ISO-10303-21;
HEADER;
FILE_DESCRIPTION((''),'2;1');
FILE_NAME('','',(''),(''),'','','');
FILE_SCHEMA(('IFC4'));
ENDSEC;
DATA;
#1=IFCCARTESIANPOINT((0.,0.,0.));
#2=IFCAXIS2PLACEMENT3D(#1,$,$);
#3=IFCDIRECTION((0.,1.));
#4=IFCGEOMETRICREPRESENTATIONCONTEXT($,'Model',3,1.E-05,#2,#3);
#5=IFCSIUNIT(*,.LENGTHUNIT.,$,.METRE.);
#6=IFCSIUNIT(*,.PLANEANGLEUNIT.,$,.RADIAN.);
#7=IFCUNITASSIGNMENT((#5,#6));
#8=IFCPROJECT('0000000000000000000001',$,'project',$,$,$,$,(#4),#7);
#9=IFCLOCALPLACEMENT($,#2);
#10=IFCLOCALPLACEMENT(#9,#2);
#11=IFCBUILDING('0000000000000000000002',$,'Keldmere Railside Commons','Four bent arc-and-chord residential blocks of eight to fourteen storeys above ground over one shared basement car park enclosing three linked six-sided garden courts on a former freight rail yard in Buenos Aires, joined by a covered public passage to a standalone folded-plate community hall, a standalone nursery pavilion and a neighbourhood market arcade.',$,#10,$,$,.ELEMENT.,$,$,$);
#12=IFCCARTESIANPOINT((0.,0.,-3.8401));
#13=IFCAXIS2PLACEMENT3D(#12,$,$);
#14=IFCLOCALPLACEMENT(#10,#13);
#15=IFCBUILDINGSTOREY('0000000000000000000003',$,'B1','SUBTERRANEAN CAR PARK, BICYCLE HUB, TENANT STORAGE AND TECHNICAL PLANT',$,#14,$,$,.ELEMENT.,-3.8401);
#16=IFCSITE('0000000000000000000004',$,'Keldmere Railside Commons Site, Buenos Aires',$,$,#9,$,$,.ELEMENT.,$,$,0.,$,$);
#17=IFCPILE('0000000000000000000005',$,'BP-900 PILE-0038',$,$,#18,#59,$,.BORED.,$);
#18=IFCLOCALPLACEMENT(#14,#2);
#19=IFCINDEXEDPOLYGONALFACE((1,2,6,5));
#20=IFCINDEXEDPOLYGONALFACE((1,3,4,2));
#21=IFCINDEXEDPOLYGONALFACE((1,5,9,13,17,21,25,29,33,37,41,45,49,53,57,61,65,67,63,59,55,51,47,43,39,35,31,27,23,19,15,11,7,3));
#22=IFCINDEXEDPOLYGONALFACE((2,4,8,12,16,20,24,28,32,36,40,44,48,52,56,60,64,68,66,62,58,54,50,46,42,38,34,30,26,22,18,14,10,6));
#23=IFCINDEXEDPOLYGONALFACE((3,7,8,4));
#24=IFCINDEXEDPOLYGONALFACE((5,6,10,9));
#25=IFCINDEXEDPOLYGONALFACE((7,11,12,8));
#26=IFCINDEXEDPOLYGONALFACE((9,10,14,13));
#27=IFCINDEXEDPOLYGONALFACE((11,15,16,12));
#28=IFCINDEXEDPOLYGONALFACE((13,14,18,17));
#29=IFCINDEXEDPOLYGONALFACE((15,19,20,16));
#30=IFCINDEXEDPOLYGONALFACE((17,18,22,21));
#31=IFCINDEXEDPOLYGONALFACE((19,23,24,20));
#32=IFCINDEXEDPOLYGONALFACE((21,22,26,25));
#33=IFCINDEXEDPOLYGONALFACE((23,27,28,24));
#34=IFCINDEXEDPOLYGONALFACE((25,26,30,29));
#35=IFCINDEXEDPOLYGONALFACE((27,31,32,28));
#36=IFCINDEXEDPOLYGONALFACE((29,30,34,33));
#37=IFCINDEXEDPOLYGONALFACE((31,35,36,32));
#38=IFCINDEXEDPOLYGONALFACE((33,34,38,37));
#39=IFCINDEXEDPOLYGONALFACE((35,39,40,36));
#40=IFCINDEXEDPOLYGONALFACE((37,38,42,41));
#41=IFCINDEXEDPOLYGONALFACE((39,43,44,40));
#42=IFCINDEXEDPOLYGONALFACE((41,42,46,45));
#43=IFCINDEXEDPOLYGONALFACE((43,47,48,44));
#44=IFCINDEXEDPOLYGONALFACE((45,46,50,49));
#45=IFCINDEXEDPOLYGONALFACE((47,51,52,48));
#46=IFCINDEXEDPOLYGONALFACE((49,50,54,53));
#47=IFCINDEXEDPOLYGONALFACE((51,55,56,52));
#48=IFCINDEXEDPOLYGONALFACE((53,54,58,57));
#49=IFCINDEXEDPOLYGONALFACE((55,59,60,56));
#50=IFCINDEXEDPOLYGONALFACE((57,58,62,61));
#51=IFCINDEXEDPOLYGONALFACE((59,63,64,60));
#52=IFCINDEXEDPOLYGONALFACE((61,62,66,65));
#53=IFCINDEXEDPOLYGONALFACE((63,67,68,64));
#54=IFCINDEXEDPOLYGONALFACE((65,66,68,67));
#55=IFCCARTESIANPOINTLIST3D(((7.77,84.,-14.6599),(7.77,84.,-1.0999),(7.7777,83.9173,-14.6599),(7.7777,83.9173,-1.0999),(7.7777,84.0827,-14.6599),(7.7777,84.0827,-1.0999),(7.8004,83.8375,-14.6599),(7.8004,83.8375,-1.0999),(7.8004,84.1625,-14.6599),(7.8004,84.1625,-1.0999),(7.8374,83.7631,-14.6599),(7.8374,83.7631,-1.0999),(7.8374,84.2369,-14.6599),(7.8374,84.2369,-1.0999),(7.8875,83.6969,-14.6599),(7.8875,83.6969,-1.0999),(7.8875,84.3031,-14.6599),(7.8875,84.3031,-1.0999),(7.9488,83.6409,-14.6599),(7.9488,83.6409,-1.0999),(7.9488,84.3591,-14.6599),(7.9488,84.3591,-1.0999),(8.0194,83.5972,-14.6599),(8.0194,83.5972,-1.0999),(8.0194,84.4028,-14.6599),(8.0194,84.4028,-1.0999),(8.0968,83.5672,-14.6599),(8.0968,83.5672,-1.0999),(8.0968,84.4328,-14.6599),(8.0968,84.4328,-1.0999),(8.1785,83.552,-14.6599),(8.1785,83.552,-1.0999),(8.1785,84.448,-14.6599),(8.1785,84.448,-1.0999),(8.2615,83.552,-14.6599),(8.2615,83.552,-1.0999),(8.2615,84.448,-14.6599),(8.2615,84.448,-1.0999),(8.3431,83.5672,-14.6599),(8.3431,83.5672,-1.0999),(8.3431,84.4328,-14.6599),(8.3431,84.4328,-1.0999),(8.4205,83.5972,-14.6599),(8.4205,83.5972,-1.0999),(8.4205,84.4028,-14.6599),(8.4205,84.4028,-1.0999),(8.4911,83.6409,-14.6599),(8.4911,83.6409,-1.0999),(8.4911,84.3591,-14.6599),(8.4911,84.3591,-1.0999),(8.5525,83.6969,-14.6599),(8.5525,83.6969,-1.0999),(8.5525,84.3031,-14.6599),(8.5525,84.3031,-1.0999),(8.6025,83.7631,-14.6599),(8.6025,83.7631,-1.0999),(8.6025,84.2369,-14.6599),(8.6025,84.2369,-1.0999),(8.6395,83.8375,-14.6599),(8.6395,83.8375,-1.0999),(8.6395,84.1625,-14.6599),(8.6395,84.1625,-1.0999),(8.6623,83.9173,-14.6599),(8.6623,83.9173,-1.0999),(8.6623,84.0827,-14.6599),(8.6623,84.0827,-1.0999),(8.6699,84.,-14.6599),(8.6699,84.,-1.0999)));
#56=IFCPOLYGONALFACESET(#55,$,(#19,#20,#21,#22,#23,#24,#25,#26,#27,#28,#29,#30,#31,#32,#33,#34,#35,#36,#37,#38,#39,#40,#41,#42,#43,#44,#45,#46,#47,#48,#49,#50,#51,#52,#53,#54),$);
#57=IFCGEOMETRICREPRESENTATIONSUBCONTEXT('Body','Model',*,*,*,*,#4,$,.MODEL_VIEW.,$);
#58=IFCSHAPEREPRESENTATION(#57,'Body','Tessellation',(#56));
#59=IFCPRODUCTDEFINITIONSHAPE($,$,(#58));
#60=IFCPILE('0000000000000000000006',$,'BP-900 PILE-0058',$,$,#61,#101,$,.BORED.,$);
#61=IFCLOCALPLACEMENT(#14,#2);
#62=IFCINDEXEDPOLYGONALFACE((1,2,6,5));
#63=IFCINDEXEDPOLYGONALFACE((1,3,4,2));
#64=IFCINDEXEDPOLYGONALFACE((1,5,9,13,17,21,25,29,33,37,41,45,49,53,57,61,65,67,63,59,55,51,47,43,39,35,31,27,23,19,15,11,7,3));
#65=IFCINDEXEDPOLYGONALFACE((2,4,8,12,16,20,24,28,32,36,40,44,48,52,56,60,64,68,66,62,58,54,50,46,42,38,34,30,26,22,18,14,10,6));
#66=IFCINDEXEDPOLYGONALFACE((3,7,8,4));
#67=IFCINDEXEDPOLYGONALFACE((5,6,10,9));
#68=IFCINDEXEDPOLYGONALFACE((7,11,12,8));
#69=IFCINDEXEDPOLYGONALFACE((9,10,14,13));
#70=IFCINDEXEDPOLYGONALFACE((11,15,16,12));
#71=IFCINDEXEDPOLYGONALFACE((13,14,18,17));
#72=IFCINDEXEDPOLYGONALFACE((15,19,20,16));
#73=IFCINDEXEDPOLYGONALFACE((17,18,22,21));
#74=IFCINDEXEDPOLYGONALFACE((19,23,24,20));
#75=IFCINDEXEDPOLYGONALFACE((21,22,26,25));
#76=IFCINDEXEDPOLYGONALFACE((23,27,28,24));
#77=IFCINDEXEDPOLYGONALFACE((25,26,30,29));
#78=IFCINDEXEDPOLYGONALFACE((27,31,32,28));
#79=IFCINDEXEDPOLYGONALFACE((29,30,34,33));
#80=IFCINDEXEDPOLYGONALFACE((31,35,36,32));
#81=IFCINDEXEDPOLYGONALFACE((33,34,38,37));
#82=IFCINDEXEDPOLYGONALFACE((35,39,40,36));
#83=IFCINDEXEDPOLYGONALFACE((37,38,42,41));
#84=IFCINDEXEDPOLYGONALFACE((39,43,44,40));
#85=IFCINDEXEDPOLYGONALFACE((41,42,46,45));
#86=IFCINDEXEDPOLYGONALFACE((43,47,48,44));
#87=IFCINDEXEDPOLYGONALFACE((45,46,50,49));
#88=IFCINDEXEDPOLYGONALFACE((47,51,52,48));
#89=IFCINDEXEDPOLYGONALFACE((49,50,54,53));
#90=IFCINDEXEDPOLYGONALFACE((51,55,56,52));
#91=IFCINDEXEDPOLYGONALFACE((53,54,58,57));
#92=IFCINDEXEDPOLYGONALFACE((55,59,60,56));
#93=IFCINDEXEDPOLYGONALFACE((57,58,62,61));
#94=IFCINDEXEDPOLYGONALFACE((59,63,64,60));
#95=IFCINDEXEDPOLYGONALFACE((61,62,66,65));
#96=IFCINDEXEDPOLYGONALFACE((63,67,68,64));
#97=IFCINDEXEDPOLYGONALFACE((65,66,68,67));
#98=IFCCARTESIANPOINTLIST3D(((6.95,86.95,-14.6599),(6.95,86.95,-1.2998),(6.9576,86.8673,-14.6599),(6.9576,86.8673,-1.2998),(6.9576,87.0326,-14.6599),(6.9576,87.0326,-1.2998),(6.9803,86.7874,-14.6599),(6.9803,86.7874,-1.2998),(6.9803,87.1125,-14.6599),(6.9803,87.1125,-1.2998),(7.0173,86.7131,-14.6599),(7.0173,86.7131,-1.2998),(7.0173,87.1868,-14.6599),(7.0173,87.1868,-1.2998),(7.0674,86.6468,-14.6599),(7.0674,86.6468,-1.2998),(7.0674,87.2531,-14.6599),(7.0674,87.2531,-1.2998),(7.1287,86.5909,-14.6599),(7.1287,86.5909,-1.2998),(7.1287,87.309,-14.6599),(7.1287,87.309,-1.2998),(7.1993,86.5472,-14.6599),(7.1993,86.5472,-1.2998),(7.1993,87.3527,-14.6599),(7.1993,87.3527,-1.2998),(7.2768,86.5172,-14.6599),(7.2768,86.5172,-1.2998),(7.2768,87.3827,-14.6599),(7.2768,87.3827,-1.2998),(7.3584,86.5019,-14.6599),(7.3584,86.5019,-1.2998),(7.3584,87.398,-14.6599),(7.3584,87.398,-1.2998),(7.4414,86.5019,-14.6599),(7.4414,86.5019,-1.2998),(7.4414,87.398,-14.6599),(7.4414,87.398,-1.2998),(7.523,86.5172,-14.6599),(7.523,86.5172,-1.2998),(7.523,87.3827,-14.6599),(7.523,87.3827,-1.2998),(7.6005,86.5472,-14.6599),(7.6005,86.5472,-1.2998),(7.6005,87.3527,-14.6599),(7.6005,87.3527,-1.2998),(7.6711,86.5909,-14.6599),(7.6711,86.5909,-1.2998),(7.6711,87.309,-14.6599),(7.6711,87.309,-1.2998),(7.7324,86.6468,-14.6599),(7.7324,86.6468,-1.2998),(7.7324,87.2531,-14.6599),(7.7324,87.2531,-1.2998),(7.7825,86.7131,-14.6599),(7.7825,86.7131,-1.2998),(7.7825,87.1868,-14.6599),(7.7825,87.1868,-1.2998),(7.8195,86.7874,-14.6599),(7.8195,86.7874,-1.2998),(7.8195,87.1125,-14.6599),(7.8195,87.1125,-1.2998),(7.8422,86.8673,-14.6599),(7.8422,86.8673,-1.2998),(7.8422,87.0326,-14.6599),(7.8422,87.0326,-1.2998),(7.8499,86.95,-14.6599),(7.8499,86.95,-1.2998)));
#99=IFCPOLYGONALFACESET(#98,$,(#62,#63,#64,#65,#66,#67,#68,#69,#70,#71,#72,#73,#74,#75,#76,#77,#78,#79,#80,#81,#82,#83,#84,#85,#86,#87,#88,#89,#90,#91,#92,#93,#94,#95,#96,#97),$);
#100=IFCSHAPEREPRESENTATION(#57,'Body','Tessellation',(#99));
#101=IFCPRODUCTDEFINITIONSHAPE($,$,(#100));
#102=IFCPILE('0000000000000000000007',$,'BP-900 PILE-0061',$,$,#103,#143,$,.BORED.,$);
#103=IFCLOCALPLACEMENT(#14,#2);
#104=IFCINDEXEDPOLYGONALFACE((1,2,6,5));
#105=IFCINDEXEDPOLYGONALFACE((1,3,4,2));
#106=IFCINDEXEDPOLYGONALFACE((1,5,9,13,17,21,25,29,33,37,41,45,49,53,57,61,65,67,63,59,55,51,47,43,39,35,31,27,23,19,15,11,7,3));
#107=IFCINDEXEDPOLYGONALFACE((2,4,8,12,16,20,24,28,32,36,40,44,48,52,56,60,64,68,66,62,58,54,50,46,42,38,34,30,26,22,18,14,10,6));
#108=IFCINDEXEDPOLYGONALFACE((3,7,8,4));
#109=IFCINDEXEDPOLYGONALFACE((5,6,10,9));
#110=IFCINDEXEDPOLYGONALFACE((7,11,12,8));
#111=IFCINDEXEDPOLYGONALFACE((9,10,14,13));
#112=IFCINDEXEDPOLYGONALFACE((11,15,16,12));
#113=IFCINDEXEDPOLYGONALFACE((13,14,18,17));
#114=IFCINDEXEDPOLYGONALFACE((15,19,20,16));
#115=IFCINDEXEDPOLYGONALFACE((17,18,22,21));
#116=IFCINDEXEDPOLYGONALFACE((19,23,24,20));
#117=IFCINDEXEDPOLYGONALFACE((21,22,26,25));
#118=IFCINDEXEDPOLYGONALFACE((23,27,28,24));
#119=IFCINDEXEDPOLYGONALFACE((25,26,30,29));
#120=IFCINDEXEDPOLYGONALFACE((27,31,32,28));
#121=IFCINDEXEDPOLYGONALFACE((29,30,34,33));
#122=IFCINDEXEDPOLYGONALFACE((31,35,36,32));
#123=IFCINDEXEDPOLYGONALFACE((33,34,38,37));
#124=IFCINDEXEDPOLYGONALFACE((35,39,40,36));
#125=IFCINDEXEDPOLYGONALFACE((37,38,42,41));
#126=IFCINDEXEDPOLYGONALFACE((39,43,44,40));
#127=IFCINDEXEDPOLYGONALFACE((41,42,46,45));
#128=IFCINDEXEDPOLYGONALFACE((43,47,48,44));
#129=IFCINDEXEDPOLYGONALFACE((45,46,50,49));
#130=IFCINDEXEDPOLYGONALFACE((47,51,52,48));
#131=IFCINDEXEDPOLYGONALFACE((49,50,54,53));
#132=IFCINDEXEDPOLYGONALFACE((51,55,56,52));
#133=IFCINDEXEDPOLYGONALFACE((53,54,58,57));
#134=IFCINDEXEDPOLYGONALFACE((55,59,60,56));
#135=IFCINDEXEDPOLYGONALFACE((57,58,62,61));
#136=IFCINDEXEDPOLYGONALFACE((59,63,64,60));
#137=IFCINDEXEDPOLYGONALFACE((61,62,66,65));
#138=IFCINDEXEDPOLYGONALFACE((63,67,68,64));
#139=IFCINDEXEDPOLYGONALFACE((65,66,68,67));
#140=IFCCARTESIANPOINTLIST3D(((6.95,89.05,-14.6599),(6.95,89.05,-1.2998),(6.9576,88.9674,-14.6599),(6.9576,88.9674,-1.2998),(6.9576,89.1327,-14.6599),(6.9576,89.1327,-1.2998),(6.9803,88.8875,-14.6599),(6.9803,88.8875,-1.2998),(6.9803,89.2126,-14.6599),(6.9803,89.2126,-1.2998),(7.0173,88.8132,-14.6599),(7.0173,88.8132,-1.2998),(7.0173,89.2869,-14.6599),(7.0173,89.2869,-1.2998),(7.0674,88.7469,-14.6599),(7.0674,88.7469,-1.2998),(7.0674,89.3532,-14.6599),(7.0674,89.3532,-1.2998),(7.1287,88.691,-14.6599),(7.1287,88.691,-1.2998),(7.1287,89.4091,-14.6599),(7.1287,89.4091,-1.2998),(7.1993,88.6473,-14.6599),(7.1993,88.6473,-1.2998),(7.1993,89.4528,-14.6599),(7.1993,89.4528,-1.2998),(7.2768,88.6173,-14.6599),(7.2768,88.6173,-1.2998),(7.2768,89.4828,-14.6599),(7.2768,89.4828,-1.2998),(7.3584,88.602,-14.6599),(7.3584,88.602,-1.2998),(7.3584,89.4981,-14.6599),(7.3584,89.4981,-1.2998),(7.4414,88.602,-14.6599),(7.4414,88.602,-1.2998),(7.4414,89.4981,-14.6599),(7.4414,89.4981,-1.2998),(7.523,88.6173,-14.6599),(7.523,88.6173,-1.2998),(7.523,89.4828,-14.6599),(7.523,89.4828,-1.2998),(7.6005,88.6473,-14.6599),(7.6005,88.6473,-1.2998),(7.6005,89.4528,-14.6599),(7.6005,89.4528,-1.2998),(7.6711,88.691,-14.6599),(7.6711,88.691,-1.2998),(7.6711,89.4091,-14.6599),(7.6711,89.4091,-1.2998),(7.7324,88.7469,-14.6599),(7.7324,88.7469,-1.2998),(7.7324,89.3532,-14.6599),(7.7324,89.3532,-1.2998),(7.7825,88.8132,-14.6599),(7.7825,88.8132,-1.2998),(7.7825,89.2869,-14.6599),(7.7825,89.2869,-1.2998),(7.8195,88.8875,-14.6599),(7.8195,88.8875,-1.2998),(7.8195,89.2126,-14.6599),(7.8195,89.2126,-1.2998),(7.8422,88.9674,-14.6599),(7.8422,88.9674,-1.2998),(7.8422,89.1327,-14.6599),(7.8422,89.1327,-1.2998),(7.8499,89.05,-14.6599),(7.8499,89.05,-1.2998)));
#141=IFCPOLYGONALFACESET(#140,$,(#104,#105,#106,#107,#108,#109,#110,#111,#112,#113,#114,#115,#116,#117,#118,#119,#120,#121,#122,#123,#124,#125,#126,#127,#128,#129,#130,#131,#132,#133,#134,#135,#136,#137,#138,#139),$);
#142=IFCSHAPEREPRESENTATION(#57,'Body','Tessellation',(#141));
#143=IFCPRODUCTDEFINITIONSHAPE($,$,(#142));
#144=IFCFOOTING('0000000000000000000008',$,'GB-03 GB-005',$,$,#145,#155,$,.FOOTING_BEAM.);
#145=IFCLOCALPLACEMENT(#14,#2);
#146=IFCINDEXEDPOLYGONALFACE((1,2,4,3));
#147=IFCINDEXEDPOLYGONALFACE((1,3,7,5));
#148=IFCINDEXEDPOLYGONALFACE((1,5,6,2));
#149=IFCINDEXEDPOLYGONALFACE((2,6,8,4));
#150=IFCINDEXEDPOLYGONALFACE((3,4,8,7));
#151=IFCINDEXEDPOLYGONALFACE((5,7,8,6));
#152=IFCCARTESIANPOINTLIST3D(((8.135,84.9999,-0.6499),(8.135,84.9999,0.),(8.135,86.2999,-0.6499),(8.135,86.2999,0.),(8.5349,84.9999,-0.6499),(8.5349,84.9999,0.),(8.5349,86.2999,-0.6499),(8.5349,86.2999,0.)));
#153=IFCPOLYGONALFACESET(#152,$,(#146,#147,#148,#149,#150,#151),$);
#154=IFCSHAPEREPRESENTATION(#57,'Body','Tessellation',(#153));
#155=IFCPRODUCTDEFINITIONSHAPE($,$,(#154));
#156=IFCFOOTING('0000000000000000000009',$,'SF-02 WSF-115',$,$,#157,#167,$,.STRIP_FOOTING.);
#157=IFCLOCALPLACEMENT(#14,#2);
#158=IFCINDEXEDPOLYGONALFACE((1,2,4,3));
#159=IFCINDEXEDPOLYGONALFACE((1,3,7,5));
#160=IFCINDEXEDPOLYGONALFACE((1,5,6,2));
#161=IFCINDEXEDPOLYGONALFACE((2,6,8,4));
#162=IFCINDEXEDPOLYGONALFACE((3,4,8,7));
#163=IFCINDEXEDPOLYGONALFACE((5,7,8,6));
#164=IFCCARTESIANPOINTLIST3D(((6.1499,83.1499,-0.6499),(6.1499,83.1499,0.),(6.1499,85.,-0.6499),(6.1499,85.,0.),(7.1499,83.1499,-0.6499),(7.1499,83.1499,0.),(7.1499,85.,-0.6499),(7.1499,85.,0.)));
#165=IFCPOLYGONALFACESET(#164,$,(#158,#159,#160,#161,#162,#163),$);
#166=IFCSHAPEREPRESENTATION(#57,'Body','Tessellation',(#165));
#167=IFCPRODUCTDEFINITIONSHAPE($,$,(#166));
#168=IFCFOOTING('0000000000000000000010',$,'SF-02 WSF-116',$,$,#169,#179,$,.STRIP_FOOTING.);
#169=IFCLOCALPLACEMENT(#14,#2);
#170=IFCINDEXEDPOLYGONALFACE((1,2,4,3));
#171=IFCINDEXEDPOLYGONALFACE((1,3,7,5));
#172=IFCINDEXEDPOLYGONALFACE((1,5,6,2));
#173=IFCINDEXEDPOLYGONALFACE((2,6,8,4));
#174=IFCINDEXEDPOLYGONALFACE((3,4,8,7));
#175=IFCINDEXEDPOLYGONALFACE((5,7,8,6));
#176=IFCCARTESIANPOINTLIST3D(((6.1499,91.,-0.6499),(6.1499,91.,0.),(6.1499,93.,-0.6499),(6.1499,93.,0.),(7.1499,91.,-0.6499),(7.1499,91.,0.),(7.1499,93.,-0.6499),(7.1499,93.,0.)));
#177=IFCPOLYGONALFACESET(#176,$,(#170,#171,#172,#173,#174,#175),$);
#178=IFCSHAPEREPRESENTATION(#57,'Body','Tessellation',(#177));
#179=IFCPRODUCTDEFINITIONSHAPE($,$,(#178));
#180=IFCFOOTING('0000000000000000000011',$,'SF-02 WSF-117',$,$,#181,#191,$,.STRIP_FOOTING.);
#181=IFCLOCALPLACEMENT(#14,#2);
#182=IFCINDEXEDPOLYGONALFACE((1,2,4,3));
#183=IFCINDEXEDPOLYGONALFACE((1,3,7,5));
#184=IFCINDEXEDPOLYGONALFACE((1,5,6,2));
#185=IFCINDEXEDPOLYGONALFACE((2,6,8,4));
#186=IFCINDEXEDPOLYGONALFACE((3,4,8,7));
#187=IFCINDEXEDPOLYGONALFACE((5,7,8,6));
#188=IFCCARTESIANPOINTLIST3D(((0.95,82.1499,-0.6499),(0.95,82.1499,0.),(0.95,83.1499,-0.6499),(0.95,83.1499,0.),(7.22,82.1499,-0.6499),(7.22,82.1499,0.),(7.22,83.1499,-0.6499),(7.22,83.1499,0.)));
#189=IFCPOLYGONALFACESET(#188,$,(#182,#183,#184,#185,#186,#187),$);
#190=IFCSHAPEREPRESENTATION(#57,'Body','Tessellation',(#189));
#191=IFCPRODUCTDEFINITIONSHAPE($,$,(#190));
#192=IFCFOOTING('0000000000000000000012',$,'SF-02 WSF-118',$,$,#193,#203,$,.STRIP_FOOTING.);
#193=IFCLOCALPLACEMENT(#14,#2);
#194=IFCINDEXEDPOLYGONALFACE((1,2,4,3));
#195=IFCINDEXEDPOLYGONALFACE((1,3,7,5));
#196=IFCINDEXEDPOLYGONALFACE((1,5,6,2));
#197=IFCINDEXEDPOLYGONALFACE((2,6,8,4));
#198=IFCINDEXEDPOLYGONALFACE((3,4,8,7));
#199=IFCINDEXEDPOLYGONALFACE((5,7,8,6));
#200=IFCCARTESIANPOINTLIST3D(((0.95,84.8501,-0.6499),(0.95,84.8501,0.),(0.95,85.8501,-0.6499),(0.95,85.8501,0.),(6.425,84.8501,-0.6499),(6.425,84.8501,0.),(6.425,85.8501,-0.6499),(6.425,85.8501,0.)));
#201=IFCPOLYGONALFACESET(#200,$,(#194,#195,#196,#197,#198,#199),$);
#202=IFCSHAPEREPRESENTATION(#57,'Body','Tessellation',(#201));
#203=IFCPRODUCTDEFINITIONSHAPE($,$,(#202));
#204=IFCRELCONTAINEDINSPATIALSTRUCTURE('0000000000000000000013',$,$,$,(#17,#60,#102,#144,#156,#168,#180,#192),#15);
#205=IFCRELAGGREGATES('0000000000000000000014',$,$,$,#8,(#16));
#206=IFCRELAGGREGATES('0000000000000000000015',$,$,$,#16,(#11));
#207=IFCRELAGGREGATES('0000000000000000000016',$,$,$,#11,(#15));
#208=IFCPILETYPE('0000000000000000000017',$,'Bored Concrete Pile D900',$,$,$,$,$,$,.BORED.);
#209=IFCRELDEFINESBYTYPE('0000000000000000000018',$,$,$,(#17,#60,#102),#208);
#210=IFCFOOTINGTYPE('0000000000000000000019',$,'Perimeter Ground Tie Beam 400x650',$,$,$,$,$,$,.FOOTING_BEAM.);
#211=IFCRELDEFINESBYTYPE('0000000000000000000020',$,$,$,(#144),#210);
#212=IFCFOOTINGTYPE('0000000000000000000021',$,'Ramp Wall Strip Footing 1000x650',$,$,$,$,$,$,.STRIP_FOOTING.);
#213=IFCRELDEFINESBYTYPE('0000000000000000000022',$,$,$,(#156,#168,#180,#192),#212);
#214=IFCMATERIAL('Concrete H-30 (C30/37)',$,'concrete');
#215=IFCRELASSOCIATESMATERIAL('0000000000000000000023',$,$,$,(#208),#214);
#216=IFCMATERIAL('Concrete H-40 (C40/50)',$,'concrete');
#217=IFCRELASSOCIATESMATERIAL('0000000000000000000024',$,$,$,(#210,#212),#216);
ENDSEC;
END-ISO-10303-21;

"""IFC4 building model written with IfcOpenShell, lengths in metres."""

from ifc_helpers import new_model, si_unit, direction, frame, origin, origin_2d, place, context, subcontext, project, spatial, rectangle, circle, extrude, material, material_profile, profile_set, type_object, element, save


model = new_model("IFC4")

# Units and contexts
model_context = context("Model", 3, precision=1e-05, world=origin(), true_north=direction((0.0, 1.0)))
body_context = subcontext(model_context, "Body", "Model", "MODEL_VIEW")
ifc_project = project(units=[si_unit("LENGTHUNIT", "METRE"), si_unit("PLANEANGLEUNIT", "RADIAN")], contexts=[model_context])

# Site, building, storey
site_placement = place(None, origin())
site = spatial("IfcSite", under=ifc_project, at=site_placement, Name="Keldmere Railside Commons Site, Buenos Aires", CompositionType="ELEMENT", RefElevation=0.0)
building_placement = place(site_placement, origin())
building = spatial("IfcBuilding", under=site, at=building_placement, Name="Keldmere Railside Commons", Description="Four bent arc-and-chord residential blocks of eight to fourteen storeys above ground over one shared basement car park enclosing three linked six-sided garden courts on a former freight rail yard in Buenos Aires, joined by a covered public passage to a standalone folded-plate community hall, a standalone nursery pavilion and a neighbourhood market arcade.", CompositionType="ELEMENT")
storey_placement = place(building_placement, frame((0.0, 0.0, -3.8401)))
storey = spatial("IfcBuildingStorey", under=building, at=storey_placement, Name="B1", Description="SUBTERRANEAN CAR PARK, BICYCLE HUB, TENANT STORAGE AND TECHNICAL PLANT", CompositionType="ELEMENT", Elevation=-3.8401)

# Piles
ifc_material_1 = material(Name="Concrete H-30 (C30/37)", Category="concrete")
ifc_material_profile_1 = material_profile(ifc_material_1, circle(Radius=0.45, at=origin_2d()), Name="PILE-D900")
ifc_profile_set_1 = profile_set([ifc_material_profile_1], Name="Concrete H-30 (C30/37)")
pile_type = type_object("IfcPileType", Name="Bored Concrete Pile D900", PredefinedType="BORED", material=ifc_profile_set_1)
pile_placement = place(storey_placement, frame((8.22, 84.0, -1.0999), z_axis=(0.0, 0.0, -1.0), x_axis=(1.0, 0.0, 0.0)))
element("IfcPile", 1, at=pile_placement, inside=storey, type_object=pile_type, Name="BP-900 PILE-0038", PredefinedType="BORED", context=body_context, shape_type="SweptSolid", body=[
    extrude(circle(Radius=0.45, at=origin_2d()), origin(), (0.0, 0.0, 1.0), 13.5601),
])
for number, where, z_axis, x_axis, name in (
    (2, (7.3999, 86.95, -1.2998), (0.0, 0.0, -1.0), (1.0, 0.0, 0.0), "BP-900 PILE-0058"),
    (3, (7.3999, 89.05, -1.2998), (0.0, 0.0, -1.0), (1.0, 0.0, 0.0), "BP-900 PILE-0061"),
):
    element("IfcPile", number, at=place(storey_placement, frame(where, z_axis=z_axis, x_axis=x_axis)), inside=storey, type_object=pile_type, Name=name, PredefinedType="BORED", context=body_context, shape_type="SweptSolid", body=[
        extrude(circle(Radius=0.45, at=origin_2d()), origin(), (0.0, 0.0, 1.0), 13.3601),
    ])

# Footings
ifc_material_2 = material(Name="Concrete H-40 (C40/50)", Category="concrete")
footing_type_1 = type_object("IfcFootingType", Name="Perimeter Ground Tie Beam 400x650", PredefinedType="FOOTING_BEAM", material=ifc_material_2)
footing_1_placement = place(storey_placement, frame((8.335, 85.6499, -0.6499), z_axis=(0.0, 0.0, 1.0), x_axis=(0.0, 1.0, 0.0)))
element("IfcFooting", 4, at=footing_1_placement, inside=storey, type_object=footing_type_1, Name="GB-03 GB-005", PredefinedType="FOOTING_BEAM", context=body_context, shape_type="SweptSolid", body=[
    extrude(rectangle(XDim=1.3, YDim=0.3999, at=origin_2d()), origin(), (0.0, 0.0, 1.0), 0.6499),
])
footing_type_2 = type_object("IfcFootingType", Name="Ramp Wall Strip Footing 1000x650", PredefinedType="STRIP_FOOTING", material=ifc_material_2)
footing_2_placement = place(storey_placement, frame((6.6499, 84.075, -0.6499), z_axis=(0.0, 0.0, 1.0), x_axis=(0.0, 1.0, 0.0)))
element("IfcFooting", 5, at=footing_2_placement, inside=storey, type_object=footing_type_2, Name="SF-02 WSF-115", PredefinedType="STRIP_FOOTING", context=body_context, shape_type="SweptSolid", body=[
    extrude(rectangle(XDim=1.8501, YDim=1.0, at=origin_2d()), origin(), (0.0, 0.0, 1.0), 0.6499),
])
footing_3_placement = place(storey_placement, frame((6.6499, 92.0, -0.6499), z_axis=(0.0, 0.0, 1.0), x_axis=(0.0, 1.0, 0.0)))
element("IfcFooting", 6, at=footing_3_placement, inside=storey, type_object=footing_type_2, Name="SF-02 WSF-116", PredefinedType="STRIP_FOOTING", context=body_context, shape_type="SweptSolid", body=[
    extrude(rectangle(XDim=2.0, YDim=1.0, at=origin_2d()), origin(), (0.0, 0.0, 1.0), 0.6499),
])
footing_4_placement = place(storey_placement, frame((4.085, 82.6499, -0.6499), z_axis=(0.0, 0.0, 1.0), x_axis=(1.0, 0.0, 0.0)))
element("IfcFooting", 7, at=footing_4_placement, inside=storey, type_object=footing_type_2, Name="SF-02 WSF-117", PredefinedType="STRIP_FOOTING", context=body_context, shape_type="SweptSolid", body=[
    extrude(rectangle(XDim=6.27, YDim=1.0, at=origin_2d()), origin(), (0.0, 0.0, 1.0), 0.6499),
])
footing_5_placement = place(storey_placement, frame((3.6875, 85.3501, -0.6499), z_axis=(0.0, 0.0, 1.0), x_axis=(1.0, 0.0, 0.0)))
element("IfcFooting", 8, at=footing_5_placement, inside=storey, type_object=footing_type_2, Name="SF-02 WSF-118", PredefinedType="STRIP_FOOTING", context=body_context, shape_type="SweptSolid", body=[
    extrude(rectangle(XDim=5.4751, YDim=1.0, at=origin_2d()), origin(), (0.0, 0.0, 1.0), 0.6499),
])

save(model, "model.ifc")
